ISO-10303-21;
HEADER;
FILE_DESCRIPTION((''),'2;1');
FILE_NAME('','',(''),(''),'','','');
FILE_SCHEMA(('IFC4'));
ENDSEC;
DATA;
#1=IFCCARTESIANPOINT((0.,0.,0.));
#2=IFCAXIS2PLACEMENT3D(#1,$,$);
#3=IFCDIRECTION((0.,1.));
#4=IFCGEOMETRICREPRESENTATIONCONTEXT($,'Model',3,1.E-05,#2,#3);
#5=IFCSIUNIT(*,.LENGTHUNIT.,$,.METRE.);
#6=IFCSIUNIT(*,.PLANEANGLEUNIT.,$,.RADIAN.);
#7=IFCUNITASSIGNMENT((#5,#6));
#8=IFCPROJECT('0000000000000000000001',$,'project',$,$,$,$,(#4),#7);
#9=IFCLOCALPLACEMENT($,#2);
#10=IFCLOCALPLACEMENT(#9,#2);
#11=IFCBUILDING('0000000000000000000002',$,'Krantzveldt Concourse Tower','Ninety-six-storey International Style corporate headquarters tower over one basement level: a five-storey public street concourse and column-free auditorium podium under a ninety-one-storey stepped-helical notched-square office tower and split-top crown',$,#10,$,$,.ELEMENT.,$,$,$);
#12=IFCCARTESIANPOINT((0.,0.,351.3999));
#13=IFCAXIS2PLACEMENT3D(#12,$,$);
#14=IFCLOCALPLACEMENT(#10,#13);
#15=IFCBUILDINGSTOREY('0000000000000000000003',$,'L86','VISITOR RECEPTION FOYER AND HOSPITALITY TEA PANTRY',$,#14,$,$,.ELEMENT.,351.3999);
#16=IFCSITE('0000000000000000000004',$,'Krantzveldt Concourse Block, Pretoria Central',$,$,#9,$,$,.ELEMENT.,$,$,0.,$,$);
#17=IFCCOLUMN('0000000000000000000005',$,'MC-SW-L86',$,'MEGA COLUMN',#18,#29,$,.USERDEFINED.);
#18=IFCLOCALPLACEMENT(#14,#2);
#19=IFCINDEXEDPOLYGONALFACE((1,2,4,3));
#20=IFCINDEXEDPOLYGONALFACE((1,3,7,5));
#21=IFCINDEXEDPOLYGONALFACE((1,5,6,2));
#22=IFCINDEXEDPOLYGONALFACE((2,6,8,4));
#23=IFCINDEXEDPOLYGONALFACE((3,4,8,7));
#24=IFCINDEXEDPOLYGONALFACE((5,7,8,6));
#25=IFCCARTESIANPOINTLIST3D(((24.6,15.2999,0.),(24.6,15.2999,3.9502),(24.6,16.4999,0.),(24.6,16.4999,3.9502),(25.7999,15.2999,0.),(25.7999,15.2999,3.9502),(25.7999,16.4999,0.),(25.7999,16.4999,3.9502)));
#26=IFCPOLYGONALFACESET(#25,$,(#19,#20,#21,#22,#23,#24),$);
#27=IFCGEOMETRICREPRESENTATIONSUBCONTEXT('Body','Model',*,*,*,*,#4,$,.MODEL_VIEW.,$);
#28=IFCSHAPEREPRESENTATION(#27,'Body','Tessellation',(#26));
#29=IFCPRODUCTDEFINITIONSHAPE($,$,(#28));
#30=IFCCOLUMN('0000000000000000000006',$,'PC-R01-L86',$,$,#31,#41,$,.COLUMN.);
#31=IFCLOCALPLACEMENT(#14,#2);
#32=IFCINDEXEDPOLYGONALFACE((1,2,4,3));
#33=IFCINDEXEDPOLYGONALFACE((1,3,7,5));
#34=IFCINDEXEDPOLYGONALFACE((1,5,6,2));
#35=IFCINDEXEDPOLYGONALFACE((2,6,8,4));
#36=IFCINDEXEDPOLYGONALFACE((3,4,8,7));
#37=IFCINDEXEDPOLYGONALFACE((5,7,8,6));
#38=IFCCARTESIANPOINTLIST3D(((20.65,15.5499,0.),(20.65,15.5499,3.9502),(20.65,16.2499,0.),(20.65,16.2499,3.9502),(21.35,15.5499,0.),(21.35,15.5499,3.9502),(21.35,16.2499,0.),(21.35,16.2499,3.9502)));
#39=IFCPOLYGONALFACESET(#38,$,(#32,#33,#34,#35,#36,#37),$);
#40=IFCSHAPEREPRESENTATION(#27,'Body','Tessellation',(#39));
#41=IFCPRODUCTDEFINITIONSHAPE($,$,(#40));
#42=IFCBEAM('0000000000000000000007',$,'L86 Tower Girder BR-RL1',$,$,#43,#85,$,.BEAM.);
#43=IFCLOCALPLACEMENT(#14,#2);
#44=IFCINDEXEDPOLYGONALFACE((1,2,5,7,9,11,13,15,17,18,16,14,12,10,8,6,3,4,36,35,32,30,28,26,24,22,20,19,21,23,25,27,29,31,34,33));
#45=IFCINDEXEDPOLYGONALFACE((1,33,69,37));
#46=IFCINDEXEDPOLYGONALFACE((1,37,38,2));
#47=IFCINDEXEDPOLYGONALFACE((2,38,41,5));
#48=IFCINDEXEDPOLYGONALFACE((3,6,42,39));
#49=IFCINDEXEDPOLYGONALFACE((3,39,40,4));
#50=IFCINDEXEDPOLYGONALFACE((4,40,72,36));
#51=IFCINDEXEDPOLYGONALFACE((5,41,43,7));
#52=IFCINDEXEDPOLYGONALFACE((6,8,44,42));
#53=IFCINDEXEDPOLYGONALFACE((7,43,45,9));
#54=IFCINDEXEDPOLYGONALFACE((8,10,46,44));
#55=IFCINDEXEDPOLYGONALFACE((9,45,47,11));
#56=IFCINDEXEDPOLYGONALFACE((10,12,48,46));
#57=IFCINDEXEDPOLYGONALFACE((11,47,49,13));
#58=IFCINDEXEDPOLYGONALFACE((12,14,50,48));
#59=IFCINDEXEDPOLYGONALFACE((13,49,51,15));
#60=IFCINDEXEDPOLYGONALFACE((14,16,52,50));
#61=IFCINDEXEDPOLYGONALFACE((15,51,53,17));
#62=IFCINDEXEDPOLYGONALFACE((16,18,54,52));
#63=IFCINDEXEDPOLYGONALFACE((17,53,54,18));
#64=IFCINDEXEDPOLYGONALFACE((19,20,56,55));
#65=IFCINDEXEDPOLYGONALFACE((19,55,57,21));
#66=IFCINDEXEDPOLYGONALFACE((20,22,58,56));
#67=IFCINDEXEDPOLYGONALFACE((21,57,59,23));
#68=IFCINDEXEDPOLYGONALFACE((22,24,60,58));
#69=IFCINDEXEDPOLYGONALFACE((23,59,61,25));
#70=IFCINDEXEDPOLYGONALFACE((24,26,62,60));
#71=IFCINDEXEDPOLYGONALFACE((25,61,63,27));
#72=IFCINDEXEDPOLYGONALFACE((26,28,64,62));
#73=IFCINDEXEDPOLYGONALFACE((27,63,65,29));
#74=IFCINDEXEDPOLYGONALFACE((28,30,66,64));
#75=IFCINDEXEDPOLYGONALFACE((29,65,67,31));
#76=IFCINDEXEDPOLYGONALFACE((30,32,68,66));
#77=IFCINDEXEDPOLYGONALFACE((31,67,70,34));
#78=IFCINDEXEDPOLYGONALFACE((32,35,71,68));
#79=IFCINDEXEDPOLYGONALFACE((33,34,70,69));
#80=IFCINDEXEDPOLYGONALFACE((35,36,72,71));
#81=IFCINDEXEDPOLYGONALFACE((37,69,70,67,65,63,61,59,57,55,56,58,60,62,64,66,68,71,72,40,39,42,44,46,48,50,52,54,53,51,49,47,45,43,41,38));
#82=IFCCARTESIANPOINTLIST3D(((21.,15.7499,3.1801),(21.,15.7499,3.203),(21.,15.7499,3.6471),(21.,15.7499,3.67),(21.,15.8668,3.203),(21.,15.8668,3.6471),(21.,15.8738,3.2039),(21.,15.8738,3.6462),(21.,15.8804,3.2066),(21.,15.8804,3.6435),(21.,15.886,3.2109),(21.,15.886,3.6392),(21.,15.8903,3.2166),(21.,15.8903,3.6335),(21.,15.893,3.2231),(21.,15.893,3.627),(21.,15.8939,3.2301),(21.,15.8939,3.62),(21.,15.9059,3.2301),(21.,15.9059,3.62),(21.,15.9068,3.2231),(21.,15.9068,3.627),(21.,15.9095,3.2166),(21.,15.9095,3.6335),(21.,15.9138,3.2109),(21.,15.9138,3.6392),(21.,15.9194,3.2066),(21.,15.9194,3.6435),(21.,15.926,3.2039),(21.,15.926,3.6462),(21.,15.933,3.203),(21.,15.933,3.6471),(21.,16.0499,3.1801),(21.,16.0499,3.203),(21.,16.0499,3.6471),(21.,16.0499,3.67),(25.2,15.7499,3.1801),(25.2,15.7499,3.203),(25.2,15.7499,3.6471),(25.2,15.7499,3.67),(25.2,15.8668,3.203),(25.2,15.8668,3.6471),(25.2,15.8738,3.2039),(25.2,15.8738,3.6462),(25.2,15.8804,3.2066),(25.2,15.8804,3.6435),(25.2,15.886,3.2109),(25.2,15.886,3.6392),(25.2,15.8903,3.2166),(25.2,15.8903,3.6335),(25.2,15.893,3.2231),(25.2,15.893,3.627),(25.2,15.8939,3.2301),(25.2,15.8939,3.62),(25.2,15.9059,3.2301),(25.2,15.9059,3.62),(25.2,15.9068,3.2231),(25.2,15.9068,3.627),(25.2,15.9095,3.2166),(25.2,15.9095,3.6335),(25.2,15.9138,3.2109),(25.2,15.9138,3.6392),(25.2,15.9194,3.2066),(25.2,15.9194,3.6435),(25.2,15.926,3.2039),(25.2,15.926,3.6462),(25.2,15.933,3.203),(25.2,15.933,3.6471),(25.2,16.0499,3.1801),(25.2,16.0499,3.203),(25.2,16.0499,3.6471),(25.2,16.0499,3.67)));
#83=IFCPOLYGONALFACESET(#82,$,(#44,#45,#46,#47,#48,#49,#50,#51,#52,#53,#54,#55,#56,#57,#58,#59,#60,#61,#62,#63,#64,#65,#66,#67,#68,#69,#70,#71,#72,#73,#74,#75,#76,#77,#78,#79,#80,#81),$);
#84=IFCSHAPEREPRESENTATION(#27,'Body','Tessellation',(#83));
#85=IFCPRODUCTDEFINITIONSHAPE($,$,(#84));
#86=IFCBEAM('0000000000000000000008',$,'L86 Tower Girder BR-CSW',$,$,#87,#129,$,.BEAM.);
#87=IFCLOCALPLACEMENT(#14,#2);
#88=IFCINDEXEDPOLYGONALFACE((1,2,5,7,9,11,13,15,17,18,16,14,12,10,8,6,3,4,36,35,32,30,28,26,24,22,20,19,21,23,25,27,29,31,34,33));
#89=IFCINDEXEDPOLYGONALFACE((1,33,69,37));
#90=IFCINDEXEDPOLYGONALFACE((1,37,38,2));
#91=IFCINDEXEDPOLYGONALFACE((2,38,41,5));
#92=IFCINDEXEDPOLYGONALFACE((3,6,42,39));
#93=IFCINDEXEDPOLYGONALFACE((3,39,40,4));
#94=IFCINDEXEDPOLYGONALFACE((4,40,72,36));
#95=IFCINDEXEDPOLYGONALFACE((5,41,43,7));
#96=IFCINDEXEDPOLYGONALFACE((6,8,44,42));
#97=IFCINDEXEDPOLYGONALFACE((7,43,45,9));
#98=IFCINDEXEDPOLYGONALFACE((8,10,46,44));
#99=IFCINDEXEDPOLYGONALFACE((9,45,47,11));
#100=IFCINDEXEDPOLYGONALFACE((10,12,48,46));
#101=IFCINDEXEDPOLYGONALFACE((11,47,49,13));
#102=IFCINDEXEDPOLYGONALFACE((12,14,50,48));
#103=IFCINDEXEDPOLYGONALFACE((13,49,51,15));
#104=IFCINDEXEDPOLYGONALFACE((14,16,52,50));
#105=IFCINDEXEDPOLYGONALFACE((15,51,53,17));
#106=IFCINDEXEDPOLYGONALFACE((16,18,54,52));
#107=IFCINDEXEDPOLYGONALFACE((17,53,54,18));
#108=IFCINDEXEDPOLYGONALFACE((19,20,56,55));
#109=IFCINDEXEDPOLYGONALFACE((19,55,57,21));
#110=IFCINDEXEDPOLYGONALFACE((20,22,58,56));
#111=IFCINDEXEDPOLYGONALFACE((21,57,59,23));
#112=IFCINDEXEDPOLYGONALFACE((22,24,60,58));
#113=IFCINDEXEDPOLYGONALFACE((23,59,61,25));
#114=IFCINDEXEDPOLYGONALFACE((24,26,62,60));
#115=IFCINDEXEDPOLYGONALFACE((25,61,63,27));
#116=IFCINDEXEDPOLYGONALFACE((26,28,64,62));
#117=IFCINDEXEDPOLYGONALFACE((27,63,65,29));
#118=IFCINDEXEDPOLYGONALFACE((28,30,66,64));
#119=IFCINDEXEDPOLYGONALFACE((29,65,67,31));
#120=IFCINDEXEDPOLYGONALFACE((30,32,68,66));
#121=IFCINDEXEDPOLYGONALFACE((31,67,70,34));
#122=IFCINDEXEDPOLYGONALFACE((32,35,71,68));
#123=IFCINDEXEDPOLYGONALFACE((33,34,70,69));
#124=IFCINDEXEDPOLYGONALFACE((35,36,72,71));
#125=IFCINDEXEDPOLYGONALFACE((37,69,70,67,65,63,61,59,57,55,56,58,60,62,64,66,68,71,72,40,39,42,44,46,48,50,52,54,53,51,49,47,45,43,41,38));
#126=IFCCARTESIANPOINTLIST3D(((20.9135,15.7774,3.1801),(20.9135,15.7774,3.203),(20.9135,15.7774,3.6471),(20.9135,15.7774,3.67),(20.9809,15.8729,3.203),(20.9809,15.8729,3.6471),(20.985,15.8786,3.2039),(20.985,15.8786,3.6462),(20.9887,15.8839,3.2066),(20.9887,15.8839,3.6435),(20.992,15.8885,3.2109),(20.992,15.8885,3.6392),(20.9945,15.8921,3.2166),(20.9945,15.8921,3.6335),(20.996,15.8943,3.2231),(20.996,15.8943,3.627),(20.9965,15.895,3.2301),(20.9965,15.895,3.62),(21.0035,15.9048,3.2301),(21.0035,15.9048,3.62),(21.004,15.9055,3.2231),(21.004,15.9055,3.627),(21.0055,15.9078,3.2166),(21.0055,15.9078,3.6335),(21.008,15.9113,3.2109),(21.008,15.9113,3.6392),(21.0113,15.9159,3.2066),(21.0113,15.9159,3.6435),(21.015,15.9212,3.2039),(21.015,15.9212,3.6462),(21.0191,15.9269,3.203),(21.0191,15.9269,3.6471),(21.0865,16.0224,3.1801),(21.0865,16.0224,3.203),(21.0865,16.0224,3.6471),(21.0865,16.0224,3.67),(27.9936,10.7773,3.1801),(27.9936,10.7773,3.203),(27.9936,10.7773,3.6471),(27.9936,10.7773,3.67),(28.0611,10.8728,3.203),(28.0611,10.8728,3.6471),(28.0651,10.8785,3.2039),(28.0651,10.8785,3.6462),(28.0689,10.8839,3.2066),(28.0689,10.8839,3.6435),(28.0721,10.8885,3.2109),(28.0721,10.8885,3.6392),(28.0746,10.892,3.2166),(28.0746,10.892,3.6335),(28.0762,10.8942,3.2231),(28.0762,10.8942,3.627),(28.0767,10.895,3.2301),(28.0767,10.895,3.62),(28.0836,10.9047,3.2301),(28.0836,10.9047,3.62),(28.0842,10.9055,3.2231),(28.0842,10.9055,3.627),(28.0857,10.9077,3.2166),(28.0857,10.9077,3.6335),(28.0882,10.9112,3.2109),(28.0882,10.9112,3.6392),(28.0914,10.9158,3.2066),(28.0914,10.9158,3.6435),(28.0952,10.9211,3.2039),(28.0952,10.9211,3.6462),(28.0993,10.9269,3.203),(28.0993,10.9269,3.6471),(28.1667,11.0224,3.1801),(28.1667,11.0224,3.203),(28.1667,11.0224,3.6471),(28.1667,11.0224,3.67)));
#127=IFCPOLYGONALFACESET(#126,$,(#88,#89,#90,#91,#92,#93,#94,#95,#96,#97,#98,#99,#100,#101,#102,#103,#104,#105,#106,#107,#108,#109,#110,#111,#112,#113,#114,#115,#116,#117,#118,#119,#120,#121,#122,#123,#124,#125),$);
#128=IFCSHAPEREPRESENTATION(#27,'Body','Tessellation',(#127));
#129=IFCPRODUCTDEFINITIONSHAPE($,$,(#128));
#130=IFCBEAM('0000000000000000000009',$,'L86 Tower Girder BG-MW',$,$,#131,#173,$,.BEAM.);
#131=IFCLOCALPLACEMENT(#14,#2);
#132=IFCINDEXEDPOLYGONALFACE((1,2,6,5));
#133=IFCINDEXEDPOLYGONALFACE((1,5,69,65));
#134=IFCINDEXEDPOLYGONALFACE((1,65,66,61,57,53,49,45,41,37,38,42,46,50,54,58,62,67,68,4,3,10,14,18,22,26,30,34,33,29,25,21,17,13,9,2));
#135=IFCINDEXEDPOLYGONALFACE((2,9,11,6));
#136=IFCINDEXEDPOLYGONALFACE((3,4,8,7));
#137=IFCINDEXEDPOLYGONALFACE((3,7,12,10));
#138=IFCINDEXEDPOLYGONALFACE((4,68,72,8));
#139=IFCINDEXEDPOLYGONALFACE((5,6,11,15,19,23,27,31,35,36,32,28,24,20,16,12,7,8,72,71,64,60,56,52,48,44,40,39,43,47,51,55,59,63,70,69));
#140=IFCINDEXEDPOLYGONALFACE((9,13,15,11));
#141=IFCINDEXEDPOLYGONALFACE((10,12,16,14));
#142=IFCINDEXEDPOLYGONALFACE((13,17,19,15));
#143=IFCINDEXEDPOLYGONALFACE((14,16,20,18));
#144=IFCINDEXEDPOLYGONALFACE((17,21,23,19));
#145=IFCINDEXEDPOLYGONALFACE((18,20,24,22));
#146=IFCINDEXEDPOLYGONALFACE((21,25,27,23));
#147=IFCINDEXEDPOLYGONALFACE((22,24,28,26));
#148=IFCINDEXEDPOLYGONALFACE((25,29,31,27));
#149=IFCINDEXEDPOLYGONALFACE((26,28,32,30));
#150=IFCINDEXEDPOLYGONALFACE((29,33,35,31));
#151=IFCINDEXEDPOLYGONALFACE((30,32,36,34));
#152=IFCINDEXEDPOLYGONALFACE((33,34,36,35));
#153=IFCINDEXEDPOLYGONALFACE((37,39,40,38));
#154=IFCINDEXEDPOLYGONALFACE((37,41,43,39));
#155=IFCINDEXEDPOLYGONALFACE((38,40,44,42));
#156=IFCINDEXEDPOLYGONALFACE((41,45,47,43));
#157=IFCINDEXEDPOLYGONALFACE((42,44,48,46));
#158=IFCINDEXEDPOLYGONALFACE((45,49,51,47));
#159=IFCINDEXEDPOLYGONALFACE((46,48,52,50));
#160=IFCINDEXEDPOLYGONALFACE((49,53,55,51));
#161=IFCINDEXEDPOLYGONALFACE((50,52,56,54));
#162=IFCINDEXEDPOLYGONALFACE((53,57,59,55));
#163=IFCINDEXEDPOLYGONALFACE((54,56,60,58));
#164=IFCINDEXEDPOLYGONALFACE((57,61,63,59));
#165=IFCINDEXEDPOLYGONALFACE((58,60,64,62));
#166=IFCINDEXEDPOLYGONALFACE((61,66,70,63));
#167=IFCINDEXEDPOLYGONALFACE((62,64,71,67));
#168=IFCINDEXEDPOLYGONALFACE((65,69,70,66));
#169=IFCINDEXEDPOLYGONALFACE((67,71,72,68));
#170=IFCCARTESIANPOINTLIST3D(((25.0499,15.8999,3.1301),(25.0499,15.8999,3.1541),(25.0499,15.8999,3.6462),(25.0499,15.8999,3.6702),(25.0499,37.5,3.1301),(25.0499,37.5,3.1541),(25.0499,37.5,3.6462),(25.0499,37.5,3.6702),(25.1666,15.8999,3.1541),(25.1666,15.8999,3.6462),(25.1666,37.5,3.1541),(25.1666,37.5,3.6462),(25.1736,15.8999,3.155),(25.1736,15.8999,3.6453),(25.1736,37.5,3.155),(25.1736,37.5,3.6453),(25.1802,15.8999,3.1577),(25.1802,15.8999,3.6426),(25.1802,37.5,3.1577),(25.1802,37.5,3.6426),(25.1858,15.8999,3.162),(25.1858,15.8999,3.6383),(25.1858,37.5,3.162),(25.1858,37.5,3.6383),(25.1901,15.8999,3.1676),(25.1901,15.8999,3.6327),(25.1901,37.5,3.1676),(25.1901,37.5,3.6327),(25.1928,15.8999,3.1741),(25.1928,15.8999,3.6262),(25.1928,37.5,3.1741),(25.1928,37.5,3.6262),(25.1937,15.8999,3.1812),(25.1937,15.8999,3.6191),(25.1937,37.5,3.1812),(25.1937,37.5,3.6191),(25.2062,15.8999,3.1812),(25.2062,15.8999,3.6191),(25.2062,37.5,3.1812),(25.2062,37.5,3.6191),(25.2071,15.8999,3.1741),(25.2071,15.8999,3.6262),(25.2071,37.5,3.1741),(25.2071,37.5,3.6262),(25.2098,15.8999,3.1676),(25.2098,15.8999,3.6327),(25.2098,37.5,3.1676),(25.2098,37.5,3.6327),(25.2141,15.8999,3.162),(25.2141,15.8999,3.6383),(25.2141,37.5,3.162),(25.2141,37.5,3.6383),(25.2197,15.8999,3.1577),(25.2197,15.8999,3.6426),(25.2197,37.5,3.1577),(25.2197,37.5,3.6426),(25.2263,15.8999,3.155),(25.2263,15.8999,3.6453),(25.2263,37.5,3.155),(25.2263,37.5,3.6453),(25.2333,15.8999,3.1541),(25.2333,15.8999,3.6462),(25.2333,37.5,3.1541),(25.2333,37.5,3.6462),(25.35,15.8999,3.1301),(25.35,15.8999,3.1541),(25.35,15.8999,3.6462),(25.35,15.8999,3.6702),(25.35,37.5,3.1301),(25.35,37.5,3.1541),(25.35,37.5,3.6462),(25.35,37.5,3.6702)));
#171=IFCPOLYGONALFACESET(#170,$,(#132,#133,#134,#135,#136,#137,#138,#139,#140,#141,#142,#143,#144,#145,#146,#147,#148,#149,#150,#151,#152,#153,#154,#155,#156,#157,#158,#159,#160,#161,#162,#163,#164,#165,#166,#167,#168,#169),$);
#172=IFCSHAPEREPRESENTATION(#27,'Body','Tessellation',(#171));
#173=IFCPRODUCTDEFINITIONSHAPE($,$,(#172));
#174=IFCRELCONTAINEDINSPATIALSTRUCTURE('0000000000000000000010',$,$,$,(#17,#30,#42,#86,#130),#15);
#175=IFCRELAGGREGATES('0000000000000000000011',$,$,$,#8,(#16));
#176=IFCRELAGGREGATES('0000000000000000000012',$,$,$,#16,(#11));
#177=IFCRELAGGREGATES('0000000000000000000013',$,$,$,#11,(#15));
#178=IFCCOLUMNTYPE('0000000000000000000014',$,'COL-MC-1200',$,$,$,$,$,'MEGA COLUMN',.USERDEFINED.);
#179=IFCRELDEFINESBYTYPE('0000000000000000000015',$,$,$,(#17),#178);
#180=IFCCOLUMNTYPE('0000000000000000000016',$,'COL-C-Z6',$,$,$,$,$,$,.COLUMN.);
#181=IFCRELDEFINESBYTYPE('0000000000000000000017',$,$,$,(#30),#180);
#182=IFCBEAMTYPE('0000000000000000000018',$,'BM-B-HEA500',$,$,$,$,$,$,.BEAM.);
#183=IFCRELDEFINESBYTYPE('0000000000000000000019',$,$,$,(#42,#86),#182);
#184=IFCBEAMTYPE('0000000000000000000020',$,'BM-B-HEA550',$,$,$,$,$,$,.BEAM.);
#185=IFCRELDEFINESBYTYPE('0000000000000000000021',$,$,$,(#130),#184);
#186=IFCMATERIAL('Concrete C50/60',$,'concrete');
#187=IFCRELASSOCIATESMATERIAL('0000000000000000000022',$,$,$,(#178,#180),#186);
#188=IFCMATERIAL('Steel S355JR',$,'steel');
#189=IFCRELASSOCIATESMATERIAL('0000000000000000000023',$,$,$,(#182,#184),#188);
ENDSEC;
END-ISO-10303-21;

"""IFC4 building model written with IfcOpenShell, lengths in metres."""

from ifc_helpers import new_model, si_unit, direction, frame, origin, origin_2d, place, context, subcontext, project, spatial, rectangle, i_section, extrude, source, transform, mapped, material, material_profile, profile_set, type_object, type_shapes, element, save


model = new_model("IFC4")

# Units and contexts
model_context = context("Model", 3, precision=1e-05, world=origin(), true_north=direction((0.0, 1.0)))
body_context = subcontext(model_context, "Body", "Model", "MODEL_VIEW")
ifc_project = project(units=[si_unit("LENGTHUNIT", "METRE"), si_unit("PLANEANGLEUNIT", "RADIAN")], contexts=[model_context])

# Site, building, storey
site_placement = place(None, origin())
site = spatial("IfcSite", under=ifc_project, at=site_placement, Name="Krantzveldt Concourse Block, Pretoria Central", CompositionType="ELEMENT", RefElevation=0.0)
building_placement = place(site_placement, origin())
building = spatial("IfcBuilding", under=site, at=building_placement, Name="Krantzveldt Concourse Tower", Description="Ninety-six-storey International Style corporate headquarters tower over one basement level: a five-storey public street concourse and column-free auditorium podium under a ninety-one-storey stepped-helical notched-square office tower and split-top crown", CompositionType="ELEMENT")
storey_placement = place(building_placement, frame((0.0, 0.0, 351.3999)))
storey = spatial("IfcBuildingStorey", under=building, at=storey_placement, Name="L86", Description="VISITOR RECEPTION FOYER AND HOSPITALITY TEA PANTRY", CompositionType="ELEMENT", Elevation=351.3999)

# Columns
ifc_material_1 = material(Name="Concrete C50/60", Category="concrete")
ifc_material_profile_1 = material_profile(ifc_material_1, rectangle(XDim=1.2, YDim=1.2, at=origin_2d()), Name="Concrete C50/60", Category="concrete")
ifc_profile_set_1 = profile_set([ifc_material_profile_1], Name="Concrete C50/60 - RC 1200x1200")
column_type_1 = type_object("IfcColumnType", Name="COL-MC-1200", ElementType="MEGA COLUMN", PredefinedType="USERDEFINED", material=ifc_profile_set_1)
shared_shape_1 = source(origin(), body_context, "Body", "SweptSolid", [
    extrude(rectangle(XDim=1.2, YDim=1.2, at=origin_2d()), origin(), (0.0, 0.0, 1.0), 3.9502),
])
type_shapes(column_type_1, [shared_shape_1])
column_1_placement = place(storey_placement, frame((25.2, 15.8999, 0.0), z_axis=(0.0, 0.0, 1.0), x_axis=(1.0, 0.0, 0.0)))
element("IfcColumn", 1, at=column_1_placement, inside=storey, type_object=column_type_1, Name="MC-SW-L86", ObjectType="MEGA COLUMN", PredefinedType="USERDEFINED", context=body_context, shape_type="MappedRepresentation", body=[
    mapped(shared_shape_1, transform((0.0, 0.0, 0.0), x_axis=(1.0, 0.0, 0.0), y_axis=(0.0, 1.0, 0.0), z_axis=(0.0, 0.0, 1.0), scale=1.0)),
])
ifc_material_profile_2 = material_profile(ifc_material_1, rectangle(XDim=0.7, YDim=0.7, at=origin_2d()), Name="Concrete C50/60", Category="concrete")
ifc_profile_set_2 = profile_set([ifc_material_profile_2], Name="Concrete C50/60 - RC 700x700")
column_type_2 = type_object("IfcColumnType", Name="COL-C-Z6", PredefinedType="COLUMN", material=ifc_profile_set_2)
shared_shape_2 = source(origin(), body_context, "Body", "SweptSolid", [
    extrude(rectangle(XDim=0.7, YDim=0.7, at=origin_2d()), origin(), (0.0, 0.0, 1.0), 3.9502),
])
type_shapes(column_type_2, [shared_shape_2])
column_2_placement = place(storey_placement, frame((21.0, 15.8999, 0.0), z_axis=(0.0, 0.0, 1.0), x_axis=(1.0, 0.0, 0.0)))
element("IfcColumn", 2, at=column_2_placement, inside=storey, type_object=column_type_2, Name="PC-R01-L86", PredefinedType="COLUMN", context=body_context, shape_type="MappedRepresentation", body=[
    mapped(shared_shape_2, transform((0.0, 0.0, 0.0), x_axis=(1.0, 0.0, 0.0), y_axis=(0.0, 1.0, 0.0), z_axis=(0.0, 0.0, 1.0), scale=1.0)),
])

# Beams
ifc_material_2 = material(Name="Steel S355JR", Category="steel")
ifc_material_profile_3 = material_profile(ifc_material_2, i_section(OverallWidth=0.3, OverallDepth=0.49, WebThickness=0.012, FlangeThickness=0.0229, FilletRadius=0.0271, at=origin_2d()), Name="Steel S355JR", Category="steel")
ifc_profile_set_3 = profile_set([ifc_material_profile_3], Name="Steel S355JR - HEA 500")
beam_type_1 = type_object("IfcBeamType", Name="BM-B-HEA500", PredefinedType="BEAM", material=ifc_profile_set_3)
shared_shape_3 = source(origin(), body_context, "Body", "SweptSolid", [
    extrude(i_section(OverallWidth=0.3, OverallDepth=0.49, WebThickness=0.012, FlangeThickness=0.0229, FilletRadius=0.0271, at=origin_2d()), origin(), (0.0, 0.0, 1.0), 4.2),
])
beam_1_placement = place(storey_placement, frame((21.0, 15.8999, 3.425), z_axis=(1.0, 0.0, 0.0), x_axis=(0.0, 1.0, 0.0)))
element("IfcBeam", 3, at=beam_1_placement, inside=storey, type_object=beam_type_1, Name="L86 Tower Girder BR-RL1", PredefinedType="BEAM", context=body_context, shape_type="MappedRepresentation", body=[
    mapped(shared_shape_3, transform((0.0, 0.0, 0.0), x_axis=(1.0, 0.0, 0.0), y_axis=(0.0, 1.0, 0.0), z_axis=(0.0, 0.0, 1.0), scale=1.0)),
])
shared_shape_4 = source(origin(), body_context, "Body", "SweptSolid", [
    extrude(i_section(OverallWidth=0.3, OverallDepth=0.49, WebThickness=0.012, FlangeThickness=0.0229, FilletRadius=0.0271, at=origin_2d()), origin(), (0.0, 0.0, 1.0), 8.6677),
])
type_shapes(beam_type_1, [shared_shape_3, shared_shape_4])
beam_2_placement = place(storey_placement, frame((21.0, 15.8999, 3.425), z_axis=(0.816843, -0.57686, 0.0), x_axis=(0.57686, 0.816843, 0.0)))
element("IfcBeam", 4, at=beam_2_placement, inside=storey, type_object=beam_type_1, Name="L86 Tower Girder BR-CSW", PredefinedType="BEAM", context=body_context, shape_type="MappedRepresentation", body=[
    mapped(shared_shape_4, transform((0.0, 0.0, 0.0), x_axis=(1.0, 0.0, 0.0), y_axis=(0.0, 1.0, 0.0), z_axis=(0.0, 0.0, 1.0), scale=1.0)),
])
ifc_material_profile_4 = material_profile(ifc_material_2, i_section(OverallWidth=0.3, OverallDepth=0.54, WebThickness=0.0125, FlangeThickness=0.0239, FilletRadius=0.0271, at=origin_2d()), Name="Steel S355JR", Category="steel")
ifc_profile_set_4 = profile_set([ifc_material_profile_4], Name="Steel S355JR - HEA 550")
beam_type_2 = type_object("IfcBeamType", Name="BM-B-HEA550", PredefinedType="BEAM", material=ifc_profile_set_4)
shared_shape_5 = source(origin(), body_context, "Body", "SweptSolid", [
    extrude(i_section(OverallWidth=0.3, OverallDepth=0.54, WebThickness=0.0125, FlangeThickness=0.0239, FilletRadius=0.0271, at=origin_2d()), origin(), (0.0, 0.0, 1.0), 21.6001),
])
beam_3_placement = place(storey_placement, frame((25.2, 15.8999, 3.4001), z_axis=(0.0, 1.0, 0.0), x_axis=(-1.0, 0.0, 0.0)))
element("IfcBeam", 5, at=beam_3_placement, inside=storey, type_object=beam_type_2, Name="L86 Tower Girder BG-MW", PredefinedType="BEAM", context=body_context, shape_type="MappedRepresentation", body=[
    mapped(shared_shape_5, transform((0.0, 0.0, 0.0), x_axis=(1.0, 0.0, 0.0), y_axis=(0.0, 1.0, 0.0), z_axis=(0.0, 0.0, 1.0), scale=1.0)),
])

save(model, "model.ifc")
